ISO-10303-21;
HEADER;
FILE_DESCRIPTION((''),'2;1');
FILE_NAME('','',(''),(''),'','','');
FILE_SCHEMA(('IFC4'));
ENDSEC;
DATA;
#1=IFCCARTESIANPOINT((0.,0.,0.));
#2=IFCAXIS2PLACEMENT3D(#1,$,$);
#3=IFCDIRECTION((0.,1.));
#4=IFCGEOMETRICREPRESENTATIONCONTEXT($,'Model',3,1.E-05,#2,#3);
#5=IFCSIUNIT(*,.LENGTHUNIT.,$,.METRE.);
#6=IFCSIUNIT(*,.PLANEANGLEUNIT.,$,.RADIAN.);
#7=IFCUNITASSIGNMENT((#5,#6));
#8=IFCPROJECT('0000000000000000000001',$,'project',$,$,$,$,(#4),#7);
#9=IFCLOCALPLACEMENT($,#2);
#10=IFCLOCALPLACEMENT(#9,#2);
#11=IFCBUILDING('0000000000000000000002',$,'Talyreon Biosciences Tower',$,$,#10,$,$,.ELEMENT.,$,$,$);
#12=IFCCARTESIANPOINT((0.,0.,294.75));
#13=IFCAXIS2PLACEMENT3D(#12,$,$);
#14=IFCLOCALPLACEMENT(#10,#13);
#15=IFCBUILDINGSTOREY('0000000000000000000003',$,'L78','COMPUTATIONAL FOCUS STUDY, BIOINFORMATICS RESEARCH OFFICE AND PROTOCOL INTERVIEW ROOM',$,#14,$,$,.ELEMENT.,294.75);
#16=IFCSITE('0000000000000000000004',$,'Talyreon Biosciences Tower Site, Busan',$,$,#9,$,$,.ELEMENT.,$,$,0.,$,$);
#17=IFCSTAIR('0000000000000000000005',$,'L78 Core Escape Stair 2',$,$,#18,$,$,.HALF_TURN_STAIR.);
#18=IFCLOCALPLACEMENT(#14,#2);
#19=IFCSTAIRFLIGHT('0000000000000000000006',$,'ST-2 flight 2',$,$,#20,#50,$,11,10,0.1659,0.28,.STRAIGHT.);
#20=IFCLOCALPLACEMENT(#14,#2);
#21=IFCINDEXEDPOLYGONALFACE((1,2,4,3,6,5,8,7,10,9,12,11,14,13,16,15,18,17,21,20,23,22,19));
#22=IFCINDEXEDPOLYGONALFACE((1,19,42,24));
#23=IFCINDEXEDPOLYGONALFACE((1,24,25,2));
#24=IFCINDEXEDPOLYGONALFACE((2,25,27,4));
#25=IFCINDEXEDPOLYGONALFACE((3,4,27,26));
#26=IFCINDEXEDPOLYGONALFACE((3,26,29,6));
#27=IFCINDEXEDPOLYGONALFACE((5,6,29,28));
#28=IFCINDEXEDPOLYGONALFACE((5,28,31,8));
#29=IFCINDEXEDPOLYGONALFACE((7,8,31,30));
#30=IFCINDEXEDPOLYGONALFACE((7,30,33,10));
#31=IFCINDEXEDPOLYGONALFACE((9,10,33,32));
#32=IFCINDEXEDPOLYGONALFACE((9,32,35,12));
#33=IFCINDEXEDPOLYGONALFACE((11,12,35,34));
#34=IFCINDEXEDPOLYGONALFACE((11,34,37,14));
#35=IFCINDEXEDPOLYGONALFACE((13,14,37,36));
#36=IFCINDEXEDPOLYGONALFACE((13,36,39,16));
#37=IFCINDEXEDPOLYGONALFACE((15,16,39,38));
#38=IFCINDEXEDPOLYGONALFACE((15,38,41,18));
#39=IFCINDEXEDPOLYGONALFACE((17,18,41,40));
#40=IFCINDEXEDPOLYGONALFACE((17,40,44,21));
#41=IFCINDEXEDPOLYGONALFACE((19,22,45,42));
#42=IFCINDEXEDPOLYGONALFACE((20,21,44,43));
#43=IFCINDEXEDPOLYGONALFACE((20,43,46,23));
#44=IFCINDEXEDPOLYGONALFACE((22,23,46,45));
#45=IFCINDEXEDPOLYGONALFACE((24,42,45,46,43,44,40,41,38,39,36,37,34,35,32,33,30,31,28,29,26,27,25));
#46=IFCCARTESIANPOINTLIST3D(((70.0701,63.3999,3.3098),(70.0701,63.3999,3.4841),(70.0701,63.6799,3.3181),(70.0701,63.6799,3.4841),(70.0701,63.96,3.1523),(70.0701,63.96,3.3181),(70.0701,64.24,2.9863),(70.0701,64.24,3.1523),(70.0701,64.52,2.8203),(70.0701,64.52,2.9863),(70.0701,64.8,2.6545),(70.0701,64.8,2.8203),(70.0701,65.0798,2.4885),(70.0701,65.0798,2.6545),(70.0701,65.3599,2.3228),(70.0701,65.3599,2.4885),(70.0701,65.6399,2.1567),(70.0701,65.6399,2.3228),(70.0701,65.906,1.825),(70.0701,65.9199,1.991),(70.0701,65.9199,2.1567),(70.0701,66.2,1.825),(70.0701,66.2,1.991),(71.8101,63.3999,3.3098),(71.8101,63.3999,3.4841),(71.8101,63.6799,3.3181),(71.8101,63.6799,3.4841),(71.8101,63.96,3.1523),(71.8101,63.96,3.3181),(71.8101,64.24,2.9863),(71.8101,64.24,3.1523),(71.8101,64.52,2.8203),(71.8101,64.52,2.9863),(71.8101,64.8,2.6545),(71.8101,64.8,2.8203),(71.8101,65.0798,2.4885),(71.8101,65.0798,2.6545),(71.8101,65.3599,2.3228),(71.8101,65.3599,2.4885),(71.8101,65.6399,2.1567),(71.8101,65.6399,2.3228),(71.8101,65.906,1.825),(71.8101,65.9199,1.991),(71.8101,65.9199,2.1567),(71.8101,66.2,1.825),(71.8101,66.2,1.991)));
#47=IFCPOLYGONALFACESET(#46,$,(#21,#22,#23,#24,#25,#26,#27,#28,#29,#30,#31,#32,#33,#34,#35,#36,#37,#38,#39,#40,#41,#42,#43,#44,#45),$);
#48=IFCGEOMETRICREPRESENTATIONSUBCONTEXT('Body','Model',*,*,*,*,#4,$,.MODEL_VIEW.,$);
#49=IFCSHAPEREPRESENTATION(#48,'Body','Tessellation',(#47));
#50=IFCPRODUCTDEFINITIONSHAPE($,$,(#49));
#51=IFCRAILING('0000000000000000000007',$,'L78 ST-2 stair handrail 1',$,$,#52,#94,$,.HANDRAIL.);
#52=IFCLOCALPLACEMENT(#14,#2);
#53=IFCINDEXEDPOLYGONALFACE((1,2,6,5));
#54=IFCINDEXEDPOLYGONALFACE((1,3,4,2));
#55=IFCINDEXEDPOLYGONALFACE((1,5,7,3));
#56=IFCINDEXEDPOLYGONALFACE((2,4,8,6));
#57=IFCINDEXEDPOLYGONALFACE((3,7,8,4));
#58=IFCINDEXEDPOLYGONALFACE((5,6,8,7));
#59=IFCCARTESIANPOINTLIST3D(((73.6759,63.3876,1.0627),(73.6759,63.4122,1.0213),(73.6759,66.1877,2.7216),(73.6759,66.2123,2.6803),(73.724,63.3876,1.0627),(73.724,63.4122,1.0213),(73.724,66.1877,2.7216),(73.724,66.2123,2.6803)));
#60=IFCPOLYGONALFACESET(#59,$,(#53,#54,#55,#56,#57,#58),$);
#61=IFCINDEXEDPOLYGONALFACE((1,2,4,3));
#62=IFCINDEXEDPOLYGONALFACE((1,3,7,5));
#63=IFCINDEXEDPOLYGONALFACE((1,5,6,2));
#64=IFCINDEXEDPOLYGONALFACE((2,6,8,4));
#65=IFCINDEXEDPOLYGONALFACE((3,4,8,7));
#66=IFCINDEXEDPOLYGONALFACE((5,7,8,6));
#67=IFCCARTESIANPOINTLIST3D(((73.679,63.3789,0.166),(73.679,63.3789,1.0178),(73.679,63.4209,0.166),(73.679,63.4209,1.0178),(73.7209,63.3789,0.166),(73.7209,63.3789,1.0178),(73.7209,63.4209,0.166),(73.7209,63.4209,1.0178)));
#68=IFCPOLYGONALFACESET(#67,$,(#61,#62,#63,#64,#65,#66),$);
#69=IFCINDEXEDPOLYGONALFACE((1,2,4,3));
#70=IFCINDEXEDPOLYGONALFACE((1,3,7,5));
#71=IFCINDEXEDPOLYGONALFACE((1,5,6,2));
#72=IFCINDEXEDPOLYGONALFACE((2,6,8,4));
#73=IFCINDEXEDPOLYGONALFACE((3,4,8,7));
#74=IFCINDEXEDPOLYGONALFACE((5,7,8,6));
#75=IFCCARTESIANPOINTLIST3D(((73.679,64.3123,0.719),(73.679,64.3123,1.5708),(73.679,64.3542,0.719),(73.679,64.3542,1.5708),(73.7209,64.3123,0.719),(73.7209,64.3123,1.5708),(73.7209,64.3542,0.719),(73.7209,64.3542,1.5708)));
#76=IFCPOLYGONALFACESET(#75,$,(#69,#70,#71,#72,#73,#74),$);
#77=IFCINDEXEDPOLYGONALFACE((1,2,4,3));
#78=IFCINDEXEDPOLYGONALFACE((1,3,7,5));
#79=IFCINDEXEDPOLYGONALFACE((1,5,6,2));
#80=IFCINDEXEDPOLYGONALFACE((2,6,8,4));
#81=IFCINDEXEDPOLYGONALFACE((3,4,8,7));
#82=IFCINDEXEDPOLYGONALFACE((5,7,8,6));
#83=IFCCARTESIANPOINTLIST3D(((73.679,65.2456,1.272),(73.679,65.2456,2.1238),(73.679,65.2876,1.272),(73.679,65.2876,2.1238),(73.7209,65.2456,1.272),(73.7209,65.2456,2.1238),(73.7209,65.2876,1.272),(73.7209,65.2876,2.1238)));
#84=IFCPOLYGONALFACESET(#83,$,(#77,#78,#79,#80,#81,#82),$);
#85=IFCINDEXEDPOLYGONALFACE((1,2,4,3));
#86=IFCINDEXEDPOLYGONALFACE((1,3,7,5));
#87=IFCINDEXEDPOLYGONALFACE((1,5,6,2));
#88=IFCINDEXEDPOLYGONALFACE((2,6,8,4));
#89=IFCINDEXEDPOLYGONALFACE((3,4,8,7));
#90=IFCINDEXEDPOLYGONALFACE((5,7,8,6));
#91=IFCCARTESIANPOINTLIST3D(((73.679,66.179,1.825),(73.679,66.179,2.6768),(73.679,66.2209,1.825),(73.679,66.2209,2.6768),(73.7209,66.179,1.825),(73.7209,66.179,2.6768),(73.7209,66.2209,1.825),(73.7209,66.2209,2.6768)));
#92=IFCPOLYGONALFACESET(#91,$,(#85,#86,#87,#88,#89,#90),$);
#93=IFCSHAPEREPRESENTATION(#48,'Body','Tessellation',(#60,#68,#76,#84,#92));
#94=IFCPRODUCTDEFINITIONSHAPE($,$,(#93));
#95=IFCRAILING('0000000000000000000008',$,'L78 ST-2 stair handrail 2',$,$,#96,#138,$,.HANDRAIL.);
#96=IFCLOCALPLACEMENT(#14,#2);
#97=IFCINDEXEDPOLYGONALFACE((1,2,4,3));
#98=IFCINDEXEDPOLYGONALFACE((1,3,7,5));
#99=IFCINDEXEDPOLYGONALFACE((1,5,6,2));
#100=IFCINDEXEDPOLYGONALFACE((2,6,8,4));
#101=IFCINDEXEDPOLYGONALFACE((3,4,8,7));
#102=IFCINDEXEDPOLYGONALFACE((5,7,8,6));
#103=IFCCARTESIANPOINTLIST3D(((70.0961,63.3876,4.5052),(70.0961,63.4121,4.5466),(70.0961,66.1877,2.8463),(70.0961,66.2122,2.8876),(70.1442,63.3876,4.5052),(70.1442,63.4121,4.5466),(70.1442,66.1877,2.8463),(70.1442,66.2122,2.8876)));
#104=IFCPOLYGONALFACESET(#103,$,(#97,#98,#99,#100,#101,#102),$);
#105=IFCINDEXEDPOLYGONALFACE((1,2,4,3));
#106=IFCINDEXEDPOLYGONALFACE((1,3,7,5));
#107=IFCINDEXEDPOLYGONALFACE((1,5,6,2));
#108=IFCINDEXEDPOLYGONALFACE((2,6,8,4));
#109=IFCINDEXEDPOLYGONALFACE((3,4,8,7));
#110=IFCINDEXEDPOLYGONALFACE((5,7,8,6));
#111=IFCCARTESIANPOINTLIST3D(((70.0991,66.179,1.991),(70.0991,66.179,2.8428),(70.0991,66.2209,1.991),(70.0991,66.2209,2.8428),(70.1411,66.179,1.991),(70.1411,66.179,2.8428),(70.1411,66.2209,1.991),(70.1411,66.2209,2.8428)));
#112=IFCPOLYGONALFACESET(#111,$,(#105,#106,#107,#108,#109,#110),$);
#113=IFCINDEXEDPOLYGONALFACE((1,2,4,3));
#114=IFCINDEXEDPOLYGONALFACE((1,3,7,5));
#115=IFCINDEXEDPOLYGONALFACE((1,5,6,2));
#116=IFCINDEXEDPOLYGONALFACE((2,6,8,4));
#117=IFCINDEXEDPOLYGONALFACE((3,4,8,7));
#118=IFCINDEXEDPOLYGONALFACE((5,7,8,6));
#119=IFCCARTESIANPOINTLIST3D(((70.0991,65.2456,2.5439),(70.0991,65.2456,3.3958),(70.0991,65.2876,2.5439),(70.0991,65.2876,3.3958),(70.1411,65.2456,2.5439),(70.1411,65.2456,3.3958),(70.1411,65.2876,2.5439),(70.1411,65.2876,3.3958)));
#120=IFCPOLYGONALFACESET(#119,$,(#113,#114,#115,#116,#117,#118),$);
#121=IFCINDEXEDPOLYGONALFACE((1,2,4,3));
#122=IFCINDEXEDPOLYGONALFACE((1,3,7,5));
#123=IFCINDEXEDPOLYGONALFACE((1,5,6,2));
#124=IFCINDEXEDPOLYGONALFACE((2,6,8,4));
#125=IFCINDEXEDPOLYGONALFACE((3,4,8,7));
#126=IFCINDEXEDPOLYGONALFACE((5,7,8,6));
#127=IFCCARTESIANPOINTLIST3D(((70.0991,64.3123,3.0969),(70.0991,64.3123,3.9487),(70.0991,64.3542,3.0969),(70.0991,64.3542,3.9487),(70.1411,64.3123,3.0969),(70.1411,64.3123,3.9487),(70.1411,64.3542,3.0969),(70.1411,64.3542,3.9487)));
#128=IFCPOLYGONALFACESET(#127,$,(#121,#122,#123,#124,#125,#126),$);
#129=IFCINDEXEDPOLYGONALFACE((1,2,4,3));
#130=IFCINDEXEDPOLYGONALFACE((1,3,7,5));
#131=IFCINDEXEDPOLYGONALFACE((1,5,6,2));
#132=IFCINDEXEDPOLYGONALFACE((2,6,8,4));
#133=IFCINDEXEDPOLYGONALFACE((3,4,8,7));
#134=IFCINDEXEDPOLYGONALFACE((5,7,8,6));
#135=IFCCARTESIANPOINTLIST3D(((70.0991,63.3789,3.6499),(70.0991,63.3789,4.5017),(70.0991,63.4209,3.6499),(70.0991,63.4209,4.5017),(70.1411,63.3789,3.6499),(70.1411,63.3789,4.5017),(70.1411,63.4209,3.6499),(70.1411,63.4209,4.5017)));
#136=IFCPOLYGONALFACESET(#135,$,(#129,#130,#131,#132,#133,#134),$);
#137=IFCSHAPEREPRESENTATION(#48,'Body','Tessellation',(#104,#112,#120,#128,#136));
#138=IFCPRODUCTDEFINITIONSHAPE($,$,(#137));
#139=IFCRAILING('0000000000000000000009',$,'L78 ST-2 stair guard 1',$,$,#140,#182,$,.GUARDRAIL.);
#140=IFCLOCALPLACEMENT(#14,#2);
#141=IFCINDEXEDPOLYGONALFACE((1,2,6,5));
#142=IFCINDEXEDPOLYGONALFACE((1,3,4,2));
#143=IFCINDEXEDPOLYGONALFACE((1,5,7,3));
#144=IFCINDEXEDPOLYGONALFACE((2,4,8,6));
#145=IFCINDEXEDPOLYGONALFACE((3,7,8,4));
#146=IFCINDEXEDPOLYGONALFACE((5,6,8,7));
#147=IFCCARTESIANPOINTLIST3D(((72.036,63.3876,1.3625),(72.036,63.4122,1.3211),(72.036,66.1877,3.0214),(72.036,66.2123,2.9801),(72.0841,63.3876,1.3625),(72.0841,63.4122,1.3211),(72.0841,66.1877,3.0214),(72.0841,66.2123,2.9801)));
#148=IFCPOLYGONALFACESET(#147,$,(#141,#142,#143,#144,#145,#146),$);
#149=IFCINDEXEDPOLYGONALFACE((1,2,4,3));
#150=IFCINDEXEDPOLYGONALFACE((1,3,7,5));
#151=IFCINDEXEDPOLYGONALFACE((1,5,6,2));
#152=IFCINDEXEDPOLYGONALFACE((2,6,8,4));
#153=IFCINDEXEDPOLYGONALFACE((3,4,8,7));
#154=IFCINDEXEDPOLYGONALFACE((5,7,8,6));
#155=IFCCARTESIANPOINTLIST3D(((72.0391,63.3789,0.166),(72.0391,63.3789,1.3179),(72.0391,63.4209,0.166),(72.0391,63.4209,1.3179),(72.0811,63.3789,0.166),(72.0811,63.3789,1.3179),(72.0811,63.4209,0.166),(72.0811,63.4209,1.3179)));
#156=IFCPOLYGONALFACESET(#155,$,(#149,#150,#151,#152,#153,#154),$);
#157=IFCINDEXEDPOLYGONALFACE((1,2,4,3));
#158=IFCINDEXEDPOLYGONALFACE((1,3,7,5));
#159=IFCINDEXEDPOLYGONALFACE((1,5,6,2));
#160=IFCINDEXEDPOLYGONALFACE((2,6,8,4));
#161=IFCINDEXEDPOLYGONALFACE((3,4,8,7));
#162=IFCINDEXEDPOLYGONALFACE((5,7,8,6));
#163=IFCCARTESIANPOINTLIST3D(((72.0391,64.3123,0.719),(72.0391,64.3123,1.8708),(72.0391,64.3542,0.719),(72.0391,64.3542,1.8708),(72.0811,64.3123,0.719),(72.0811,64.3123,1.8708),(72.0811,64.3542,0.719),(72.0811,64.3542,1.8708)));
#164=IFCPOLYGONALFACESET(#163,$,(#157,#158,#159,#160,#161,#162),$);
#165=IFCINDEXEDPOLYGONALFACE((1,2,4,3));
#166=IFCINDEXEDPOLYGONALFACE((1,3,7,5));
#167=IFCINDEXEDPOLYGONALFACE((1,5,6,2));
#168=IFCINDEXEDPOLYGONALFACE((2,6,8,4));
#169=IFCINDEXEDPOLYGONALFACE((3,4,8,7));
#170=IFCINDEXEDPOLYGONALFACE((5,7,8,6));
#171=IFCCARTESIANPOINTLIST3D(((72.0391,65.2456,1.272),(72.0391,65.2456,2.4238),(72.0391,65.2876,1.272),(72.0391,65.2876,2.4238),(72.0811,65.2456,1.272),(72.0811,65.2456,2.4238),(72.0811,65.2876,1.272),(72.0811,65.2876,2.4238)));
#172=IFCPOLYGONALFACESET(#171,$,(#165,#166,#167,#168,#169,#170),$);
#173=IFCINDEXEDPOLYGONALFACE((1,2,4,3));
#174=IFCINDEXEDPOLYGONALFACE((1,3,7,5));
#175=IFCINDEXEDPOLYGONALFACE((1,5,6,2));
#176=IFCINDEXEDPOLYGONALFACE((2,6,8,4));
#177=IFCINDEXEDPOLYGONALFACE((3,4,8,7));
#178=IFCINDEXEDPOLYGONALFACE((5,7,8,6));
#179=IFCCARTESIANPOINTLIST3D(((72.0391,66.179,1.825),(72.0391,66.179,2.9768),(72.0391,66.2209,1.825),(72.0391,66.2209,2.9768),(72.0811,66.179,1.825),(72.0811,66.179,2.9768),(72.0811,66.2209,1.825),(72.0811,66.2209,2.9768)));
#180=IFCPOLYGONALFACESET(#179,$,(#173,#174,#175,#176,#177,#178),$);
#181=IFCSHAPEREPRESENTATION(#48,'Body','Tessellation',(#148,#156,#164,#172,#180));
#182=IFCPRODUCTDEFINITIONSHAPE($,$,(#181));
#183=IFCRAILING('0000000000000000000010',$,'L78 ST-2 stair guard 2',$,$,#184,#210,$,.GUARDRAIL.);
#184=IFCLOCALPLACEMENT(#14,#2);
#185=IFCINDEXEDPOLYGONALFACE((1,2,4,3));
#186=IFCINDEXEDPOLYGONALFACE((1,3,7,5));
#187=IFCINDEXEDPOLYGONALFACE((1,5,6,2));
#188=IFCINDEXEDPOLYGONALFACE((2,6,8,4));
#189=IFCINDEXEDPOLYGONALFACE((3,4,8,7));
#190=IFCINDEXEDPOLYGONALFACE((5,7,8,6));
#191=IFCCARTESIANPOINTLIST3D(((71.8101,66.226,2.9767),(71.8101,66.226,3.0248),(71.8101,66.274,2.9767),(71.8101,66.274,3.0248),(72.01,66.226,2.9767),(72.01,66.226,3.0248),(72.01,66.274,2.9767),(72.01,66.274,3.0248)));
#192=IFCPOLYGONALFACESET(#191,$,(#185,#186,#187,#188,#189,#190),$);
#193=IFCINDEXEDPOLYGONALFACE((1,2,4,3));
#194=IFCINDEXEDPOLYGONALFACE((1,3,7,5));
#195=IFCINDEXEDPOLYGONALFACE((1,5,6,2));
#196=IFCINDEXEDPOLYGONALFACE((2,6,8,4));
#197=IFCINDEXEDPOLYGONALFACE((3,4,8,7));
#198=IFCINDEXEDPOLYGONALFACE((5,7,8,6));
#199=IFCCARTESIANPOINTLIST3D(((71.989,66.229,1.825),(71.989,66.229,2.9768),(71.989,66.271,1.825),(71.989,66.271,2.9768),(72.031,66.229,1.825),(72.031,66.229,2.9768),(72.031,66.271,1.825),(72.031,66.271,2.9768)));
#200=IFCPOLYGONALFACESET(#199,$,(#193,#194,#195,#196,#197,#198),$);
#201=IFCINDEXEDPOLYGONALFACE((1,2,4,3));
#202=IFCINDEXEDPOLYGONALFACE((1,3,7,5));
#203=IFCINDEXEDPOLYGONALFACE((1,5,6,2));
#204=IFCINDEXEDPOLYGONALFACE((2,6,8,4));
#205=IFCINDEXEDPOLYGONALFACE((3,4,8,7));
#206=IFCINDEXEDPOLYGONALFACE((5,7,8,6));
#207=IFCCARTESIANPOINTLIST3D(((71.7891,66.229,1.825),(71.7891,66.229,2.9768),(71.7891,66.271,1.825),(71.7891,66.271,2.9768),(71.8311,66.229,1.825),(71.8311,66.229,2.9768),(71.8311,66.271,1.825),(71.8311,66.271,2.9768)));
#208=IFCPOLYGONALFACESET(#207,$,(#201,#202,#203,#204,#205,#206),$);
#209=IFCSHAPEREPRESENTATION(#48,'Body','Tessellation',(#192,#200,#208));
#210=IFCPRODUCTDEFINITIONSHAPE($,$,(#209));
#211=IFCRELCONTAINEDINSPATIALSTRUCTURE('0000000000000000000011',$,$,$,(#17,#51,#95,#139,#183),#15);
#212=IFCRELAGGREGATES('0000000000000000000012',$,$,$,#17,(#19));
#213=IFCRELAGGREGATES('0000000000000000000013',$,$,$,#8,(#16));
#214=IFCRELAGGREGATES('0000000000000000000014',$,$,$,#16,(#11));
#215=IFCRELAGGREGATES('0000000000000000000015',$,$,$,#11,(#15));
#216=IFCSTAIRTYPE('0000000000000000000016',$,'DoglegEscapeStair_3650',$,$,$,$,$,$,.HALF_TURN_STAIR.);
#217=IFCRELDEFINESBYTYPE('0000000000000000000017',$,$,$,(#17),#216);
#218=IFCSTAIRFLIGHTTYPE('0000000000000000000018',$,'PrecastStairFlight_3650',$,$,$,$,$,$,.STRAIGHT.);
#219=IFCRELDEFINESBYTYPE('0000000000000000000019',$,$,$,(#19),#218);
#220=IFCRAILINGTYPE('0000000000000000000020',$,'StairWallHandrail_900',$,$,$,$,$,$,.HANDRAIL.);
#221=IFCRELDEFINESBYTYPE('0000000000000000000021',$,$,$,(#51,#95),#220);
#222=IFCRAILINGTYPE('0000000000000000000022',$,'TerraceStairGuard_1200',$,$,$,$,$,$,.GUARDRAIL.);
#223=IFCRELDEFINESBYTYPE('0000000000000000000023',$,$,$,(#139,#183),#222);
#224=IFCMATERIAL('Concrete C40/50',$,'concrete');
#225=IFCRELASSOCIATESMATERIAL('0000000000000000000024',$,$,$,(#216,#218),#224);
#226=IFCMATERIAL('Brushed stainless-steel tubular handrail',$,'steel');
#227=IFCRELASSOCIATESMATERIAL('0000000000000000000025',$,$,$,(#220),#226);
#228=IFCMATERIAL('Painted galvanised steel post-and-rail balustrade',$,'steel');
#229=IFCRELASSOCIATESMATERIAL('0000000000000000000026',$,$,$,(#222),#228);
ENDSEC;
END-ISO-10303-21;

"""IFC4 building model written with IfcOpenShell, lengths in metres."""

from ifc_helpers import new_model, si_unit, direction, frame, origin, origin_2d, place, context, subcontext, project, spatial, polyline, rectangle, outline, extrude, material, type_object, element, aggregate, save


model = new_model("IFC4")

# Units and contexts
model_context = context("Model", 3, precision=1e-05, world=origin(), true_north=direction((0.0, 1.0)))
body_context = subcontext(model_context, "Body", "Model", "MODEL_VIEW")
ifc_project = project(units=[si_unit("LENGTHUNIT", "METRE"), si_unit("PLANEANGLEUNIT", "RADIAN")], contexts=[model_context])

# Site, building, storey
site_placement = place(None, origin())
site = spatial("IfcSite", under=ifc_project, at=site_placement, Name="Talyreon Biosciences Tower Site, Busan", CompositionType="ELEMENT", RefElevation=0.0)
building_placement = place(site_placement, origin())
building = spatial("IfcBuilding", under=site, at=building_placement, Name="Talyreon Biosciences Tower", CompositionType="ELEMENT")
storey_placement = place(building_placement, frame((0.0, 0.0, 294.75)))
storey = spatial("IfcBuildingStorey", under=building, at=storey_placement, Name="L78", Description="COMPUTATIONAL FOCUS STUDY, BIOINFORMATICS RESEARCH OFFICE AND PROTOCOL INTERVIEW ROOM", CompositionType="ELEMENT", Elevation=294.75)

# Stair, stair flight
ifc_material_1 = material(Name="Concrete C40/50", Category="concrete")
stair_type = type_object("IfcStairType", Name="DoglegEscapeStair_3650", PredefinedType="HALF_TURN_STAIR", material=ifc_material_1)
stair_placement = place(storey_placement, origin())
stair = element("IfcStair", 1, at=stair_placement, inside=storey, type_object=stair_type, Name="L78 Core Escape Stair 2", PredefinedType="HALF_TURN_STAIR")
stair_flight_type = type_object("IfcStairFlightType", Name="PrecastStairFlight_3650", PredefinedType="STRAIGHT", material=ifc_material_1)
stair_flight_1_placement = place(storey_placement, frame((70.9399, 66.2, 1.825), z_axis=(0.0, 0.0, 1.0), x_axis=(0.0, -1.0, 0.0)))
stair_flight_1 = element("IfcStairFlight", 2, at=stair_flight_1_placement, type_object=stair_flight_type, Name="ST-2 flight 2", NumberOfRisers=11, NumberOfTreads=10, PredefinedType="STRAIGHT", RiserHeight=0.1659, TreadLength=0.28, context=body_context, shape_type="SweptSolid", body=[
    extrude(outline(polyline([(0.0, 0.0), (0.0, 0.166), (0.28, 0.166), (0.28, 0.3318), (0.5601, 0.3318), (0.5601, 0.4978), (0.8401, 0.4978), (0.8401, 0.6636), (1.1201, 0.6636), (1.1201, 0.8296), (1.3999, 0.8296), (1.3999, 0.9954), (1.6799, 0.9954), (1.6799, 1.1614), (1.96, 1.1614), (1.96, 1.3274), (2.24, 1.3274), (2.24, 1.4932), (2.52, 1.4932), (2.52, 1.6592), (2.8, 1.6592), (2.8, 1.825), (2.8, 1.4849), (0.2939, 0.0), (0.0, 0.0)])), frame((0.0, 0.8701, 0.0), z_axis=(0.0, -1.0, 0.0), x_axis=(1.0, 0.0, 0.0)), (0.0, 0.0, 1.0), 1.74),
])
aggregate(stair, [stair_flight_1])

# Railings
ifc_material_2 = material(Name="Brushed stainless-steel tubular handrail", Category="steel")
railing_type_1 = type_object("IfcRailingType", Name="StairWallHandrail_900", PredefinedType="HANDRAIL", material=ifc_material_2)
railing_1_placement = place(storey_placement, frame((73.7, 63.3999, 0.166)))
element("IfcRailing", 3, at=railing_1_placement, inside=storey, type_object=railing_type_1, Name="L78 ST-2 stair handrail 1", PredefinedType="HANDRAIL", context=body_context, shape_type="SweptSolid", body=[
    extrude(rectangle(XDim=0.0481, YDim=0.0481, at=origin_2d()), frame((0.0, 0.0, 0.876), z_axis=(0.0, 0.860339, 0.509722), x_axis=(-1.0, 0.0, 0.0)), (0.0, 0.0, 1.0), 3.2546),
    extrude(rectangle(XDim=0.042, YDim=0.042, at=origin_2d()), origin(), (0.0, 0.0, 1.0), 0.8518),
    extrude(rectangle(XDim=0.042, YDim=0.042, at=origin_2d()), frame((0.0, 0.9333, 0.553)), (0.0, 0.0, 1.0), 0.8518),
    extrude(rectangle(XDim=0.042, YDim=0.042, at=origin_2d()), frame((0.0, 1.8667, 1.106)), (0.0, 0.0, 1.0), 0.8518),
    extrude(rectangle(XDim=0.042, YDim=0.042, at=origin_2d()), frame((0.0, 2.8, 1.6589)), (0.0, 0.0, 1.0), 0.8518),
])
railing_2_placement = place(storey_placement, frame((70.1201, 66.2, 1.991)))
element("IfcRailing", 4, at=railing_2_placement, inside=storey, type_object=railing_type_1, Name="L78 ST-2 stair handrail 2", PredefinedType="HANDRAIL", context=body_context, shape_type="SweptSolid", body=[
    extrude(rectangle(XDim=0.0481, YDim=0.0481, at=origin_2d()), frame((0.0, 0.0, 0.876), z_axis=(0.0, -0.860339, 0.509722), x_axis=(1.0, 0.0, 0.0)), (0.0, 0.0, 1.0), 3.2546),
    extrude(rectangle(XDim=0.042, YDim=0.042, at=origin_2d()), origin(), (0.0, 0.0, 1.0), 0.8518),
    extrude(rectangle(XDim=0.042, YDim=0.042, at=origin_2d()), frame((0.0, -0.9333, 0.553)), (0.0, 0.0, 1.0), 0.8518),
    extrude(rectangle(XDim=0.042, YDim=0.042, at=origin_2d()), frame((0.0, -1.8667, 1.106)), (0.0, 0.0, 1.0), 0.8518),
    extrude(rectangle(XDim=0.042, YDim=0.042, at=origin_2d()), frame((0.0, -2.8, 1.6589)), (0.0, 0.0, 1.0), 0.8518),
])
ifc_material_3 = material(Name="Painted galvanised steel post-and-rail balustrade", Category="steel")
railing_type_2 = type_object("IfcRailingType", Name="TerraceStairGuard_1200", PredefinedType="GUARDRAIL", material=ifc_material_3)
railing_3_placement = place(storey_placement, frame((72.0601, 63.3999, 0.166)))
element("IfcRailing", 5, at=railing_3_placement, inside=storey, type_object=railing_type_2, Name="L78 ST-2 stair guard 1", PredefinedType="GUARDRAIL", context=body_context, shape_type="SweptSolid", body=[
    extrude(rectangle(XDim=0.0481, YDim=0.0481, at=origin_2d()), frame((0.0, 0.0, 1.1758), z_axis=(0.0, 0.860339, 0.509722), x_axis=(-1.0, 0.0, 0.0)), (0.0, 0.0, 1.0), 3.2546),
    extrude(rectangle(XDim=0.042, YDim=0.042, at=origin_2d()), origin(), (0.0, 0.0, 1.0), 1.1519),
    extrude(rectangle(XDim=0.042, YDim=0.042, at=origin_2d()), frame((0.0, 0.9333, 0.553)), (0.0, 0.0, 1.0), 1.1519),
    extrude(rectangle(XDim=0.042, YDim=0.042, at=origin_2d()), frame((0.0, 1.8667, 1.106)), (0.0, 0.0, 1.0), 1.1519),
    extrude(rectangle(XDim=0.042, YDim=0.042, at=origin_2d()), frame((0.0, 2.8, 1.6589)), (0.0, 0.0, 1.0), 1.1519),
])
railing_4_placement = place(storey_placement, frame((72.01, 66.25, 1.825)))
element("IfcRailing", 6, at=railing_4_placement, inside=storey, type_object=railing_type_2, Name="L78 ST-2 stair guard 2", PredefinedType="GUARDRAIL", context=body_context, shape_type="SweptSolid", body=[
    extrude(rectangle(XDim=0.0481, YDim=0.0481, at=origin_2d()), frame((0.0, 0.0, 1.1758), z_axis=(-1.0, 0.0, 0.0), x_axis=(0.0, -1.0, 0.0)), (0.0, 0.0, 1.0), 0.2),
    extrude(rectangle(XDim=0.042, YDim=0.042, at=origin_2d()), origin(), (0.0, 0.0, 1.0), 1.1519),
    extrude(rectangle(XDim=0.042, YDim=0.042, at=origin_2d()), frame((-0.2, 0.0, 0.0)), (0.0, 0.0, 1.0), 1.1519),
])

save(model, "model.ifc")
